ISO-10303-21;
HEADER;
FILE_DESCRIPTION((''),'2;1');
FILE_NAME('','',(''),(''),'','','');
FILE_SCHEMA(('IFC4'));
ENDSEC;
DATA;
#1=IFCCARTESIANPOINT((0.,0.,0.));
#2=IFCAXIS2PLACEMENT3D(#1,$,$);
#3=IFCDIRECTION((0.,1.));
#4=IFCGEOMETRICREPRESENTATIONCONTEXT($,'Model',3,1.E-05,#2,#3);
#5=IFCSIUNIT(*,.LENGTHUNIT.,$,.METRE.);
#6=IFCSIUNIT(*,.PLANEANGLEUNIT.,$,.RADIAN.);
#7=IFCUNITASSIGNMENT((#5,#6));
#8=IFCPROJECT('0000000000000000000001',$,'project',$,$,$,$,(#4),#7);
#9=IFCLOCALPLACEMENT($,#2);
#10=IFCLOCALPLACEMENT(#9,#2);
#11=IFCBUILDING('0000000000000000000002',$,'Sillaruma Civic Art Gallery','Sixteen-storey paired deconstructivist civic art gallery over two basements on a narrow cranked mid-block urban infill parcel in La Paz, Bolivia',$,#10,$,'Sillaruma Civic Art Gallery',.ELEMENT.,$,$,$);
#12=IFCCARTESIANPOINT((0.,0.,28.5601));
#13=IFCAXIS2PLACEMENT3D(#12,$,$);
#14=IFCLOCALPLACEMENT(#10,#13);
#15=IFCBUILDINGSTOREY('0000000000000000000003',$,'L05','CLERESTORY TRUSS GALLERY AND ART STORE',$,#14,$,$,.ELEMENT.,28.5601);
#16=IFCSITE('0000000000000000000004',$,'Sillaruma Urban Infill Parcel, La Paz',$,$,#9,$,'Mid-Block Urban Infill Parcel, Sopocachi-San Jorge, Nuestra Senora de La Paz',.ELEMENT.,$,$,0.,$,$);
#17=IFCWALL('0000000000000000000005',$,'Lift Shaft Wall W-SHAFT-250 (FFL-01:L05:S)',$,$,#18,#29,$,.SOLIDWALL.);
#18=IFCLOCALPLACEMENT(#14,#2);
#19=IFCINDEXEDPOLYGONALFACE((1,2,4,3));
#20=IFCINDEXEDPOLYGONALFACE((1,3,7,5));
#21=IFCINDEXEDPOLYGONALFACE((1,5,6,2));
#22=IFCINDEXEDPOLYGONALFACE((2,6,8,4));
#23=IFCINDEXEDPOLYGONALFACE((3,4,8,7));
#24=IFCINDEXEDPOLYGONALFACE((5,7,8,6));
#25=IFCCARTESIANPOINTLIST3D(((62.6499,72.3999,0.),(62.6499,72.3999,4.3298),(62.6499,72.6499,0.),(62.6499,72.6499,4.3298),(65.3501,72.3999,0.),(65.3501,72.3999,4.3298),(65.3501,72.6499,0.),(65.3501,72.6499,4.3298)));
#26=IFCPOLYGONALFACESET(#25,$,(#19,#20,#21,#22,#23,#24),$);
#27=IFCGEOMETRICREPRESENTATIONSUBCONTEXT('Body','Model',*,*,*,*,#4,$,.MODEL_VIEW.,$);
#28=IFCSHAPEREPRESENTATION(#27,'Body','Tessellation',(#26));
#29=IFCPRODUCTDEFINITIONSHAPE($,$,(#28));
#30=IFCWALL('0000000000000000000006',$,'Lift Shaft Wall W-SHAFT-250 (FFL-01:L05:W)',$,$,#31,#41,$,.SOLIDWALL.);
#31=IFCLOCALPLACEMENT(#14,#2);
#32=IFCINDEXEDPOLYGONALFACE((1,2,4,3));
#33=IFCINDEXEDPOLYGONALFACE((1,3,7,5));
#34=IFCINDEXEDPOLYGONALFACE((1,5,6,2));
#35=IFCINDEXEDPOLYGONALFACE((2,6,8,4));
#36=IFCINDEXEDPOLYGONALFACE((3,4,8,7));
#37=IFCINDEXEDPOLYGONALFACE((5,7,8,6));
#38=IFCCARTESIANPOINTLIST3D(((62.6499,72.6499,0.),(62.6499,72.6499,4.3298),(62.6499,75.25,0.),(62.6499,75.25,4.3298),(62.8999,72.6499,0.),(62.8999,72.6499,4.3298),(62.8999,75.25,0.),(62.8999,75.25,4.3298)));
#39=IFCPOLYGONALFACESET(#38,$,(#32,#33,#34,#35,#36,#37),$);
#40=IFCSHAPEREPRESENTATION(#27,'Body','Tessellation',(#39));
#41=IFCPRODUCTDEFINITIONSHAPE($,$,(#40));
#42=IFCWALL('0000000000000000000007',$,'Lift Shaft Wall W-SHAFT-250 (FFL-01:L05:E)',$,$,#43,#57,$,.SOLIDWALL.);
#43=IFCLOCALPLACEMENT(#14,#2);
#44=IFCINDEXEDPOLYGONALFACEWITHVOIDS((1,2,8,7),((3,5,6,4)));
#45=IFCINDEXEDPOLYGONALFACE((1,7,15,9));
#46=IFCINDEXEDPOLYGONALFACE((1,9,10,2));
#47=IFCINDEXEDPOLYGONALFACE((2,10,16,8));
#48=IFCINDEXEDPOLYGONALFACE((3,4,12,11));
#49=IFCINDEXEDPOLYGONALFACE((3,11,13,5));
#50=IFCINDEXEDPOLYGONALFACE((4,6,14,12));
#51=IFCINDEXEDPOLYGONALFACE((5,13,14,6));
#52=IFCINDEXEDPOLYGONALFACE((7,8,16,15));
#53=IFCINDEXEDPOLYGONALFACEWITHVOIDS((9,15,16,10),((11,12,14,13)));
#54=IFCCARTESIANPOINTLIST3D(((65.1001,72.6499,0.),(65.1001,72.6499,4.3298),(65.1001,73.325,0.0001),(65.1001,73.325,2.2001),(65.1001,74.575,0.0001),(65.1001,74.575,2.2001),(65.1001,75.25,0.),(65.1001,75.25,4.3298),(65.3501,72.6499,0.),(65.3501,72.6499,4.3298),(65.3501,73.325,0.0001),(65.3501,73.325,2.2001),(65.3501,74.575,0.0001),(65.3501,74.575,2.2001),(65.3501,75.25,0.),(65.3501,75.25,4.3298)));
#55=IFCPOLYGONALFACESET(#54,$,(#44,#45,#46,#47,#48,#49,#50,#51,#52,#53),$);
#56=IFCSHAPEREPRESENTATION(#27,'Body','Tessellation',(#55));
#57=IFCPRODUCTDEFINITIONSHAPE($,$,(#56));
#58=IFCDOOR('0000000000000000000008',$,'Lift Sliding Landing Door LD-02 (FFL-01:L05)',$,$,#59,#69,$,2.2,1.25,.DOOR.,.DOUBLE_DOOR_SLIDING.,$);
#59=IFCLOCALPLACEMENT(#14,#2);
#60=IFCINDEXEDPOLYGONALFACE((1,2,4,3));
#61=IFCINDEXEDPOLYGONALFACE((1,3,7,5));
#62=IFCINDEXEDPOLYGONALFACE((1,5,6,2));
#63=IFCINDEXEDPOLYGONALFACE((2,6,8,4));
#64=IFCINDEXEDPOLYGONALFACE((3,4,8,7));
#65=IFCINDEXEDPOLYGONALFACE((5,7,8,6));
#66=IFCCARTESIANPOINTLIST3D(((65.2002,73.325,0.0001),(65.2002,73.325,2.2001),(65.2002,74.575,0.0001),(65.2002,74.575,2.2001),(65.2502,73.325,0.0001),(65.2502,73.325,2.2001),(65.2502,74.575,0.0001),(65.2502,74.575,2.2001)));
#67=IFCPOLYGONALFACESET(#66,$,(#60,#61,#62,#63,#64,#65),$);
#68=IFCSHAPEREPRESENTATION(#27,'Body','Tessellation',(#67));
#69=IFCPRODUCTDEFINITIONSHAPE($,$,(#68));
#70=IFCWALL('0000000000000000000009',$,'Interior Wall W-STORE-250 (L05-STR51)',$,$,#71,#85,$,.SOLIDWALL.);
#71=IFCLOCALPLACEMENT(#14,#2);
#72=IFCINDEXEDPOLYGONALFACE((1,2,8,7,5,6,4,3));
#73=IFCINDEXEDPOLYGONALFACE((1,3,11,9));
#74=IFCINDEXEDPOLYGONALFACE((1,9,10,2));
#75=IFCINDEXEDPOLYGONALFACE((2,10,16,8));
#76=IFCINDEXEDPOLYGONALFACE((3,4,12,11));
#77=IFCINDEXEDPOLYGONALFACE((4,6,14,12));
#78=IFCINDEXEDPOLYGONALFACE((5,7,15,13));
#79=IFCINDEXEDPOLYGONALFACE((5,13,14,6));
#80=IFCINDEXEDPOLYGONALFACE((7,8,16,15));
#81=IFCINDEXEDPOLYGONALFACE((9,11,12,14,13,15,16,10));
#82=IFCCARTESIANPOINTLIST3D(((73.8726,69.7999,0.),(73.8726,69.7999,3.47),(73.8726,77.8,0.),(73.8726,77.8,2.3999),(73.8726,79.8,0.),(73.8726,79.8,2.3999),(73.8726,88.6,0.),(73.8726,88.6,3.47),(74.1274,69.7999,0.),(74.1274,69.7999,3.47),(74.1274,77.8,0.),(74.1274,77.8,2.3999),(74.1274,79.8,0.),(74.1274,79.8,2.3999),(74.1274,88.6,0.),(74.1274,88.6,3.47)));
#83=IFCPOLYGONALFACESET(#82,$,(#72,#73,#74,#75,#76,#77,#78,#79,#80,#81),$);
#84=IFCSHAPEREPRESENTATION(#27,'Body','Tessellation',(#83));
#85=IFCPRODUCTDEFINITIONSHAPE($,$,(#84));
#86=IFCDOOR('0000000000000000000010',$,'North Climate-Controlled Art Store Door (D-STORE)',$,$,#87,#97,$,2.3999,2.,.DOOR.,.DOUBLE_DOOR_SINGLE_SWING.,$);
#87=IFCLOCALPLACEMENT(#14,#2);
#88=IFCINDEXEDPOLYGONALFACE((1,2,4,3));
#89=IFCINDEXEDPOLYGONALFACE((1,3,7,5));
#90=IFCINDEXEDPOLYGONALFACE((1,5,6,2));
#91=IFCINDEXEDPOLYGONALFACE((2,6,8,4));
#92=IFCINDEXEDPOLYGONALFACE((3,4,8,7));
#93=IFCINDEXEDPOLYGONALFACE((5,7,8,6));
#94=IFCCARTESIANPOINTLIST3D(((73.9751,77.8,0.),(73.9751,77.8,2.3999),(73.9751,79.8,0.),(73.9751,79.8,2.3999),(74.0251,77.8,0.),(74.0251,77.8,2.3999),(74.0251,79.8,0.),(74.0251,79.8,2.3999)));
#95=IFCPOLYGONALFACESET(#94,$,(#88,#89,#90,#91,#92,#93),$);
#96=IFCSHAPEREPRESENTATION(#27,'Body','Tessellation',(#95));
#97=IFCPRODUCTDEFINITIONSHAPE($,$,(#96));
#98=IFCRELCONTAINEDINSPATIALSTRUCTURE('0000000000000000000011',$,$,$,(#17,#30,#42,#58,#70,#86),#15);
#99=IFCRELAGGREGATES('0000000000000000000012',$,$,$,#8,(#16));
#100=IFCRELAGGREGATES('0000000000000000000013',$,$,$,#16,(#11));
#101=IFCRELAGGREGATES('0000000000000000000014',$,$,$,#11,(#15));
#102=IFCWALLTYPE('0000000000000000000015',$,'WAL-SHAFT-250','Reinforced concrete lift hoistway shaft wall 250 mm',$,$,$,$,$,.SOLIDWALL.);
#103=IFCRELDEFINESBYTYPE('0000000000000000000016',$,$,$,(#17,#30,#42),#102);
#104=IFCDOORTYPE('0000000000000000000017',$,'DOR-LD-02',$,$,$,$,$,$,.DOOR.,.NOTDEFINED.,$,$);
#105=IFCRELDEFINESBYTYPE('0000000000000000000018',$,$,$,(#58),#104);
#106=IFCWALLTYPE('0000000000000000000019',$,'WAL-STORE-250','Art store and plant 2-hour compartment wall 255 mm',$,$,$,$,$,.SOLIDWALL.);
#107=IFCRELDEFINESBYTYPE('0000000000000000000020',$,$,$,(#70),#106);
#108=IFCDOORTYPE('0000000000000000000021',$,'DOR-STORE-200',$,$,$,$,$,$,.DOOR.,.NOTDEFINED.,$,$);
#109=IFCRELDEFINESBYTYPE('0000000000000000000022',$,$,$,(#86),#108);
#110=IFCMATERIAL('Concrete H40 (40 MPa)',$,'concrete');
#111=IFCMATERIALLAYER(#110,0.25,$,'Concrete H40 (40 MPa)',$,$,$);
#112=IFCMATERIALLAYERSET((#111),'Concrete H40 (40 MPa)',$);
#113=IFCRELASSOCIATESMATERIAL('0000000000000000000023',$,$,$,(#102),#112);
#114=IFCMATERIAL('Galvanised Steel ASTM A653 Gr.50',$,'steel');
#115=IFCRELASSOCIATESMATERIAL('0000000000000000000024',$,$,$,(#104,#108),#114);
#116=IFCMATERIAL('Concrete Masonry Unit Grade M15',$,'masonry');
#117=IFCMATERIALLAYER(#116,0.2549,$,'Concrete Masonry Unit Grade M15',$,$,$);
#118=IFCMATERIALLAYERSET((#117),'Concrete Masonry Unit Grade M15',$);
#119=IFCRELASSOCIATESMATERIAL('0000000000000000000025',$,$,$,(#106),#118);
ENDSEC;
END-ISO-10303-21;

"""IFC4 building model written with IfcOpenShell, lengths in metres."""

from ifc_helpers import new_model, si_unit, direction, frame, frame_2d, origin, place, context, subcontext, project, spatial, rectangle, extrude, material, layer, layer_set, type_object, element, fill, save


model = new_model("IFC4")

# Units and contexts
model_context = context("Model", 3, precision=1e-05, world=origin(), true_north=direction((0.0, 1.0)))
body_context = subcontext(model_context, "Body", "Model", "MODEL_VIEW")
ifc_project = project(units=[si_unit("LENGTHUNIT", "METRE"), si_unit("PLANEANGLEUNIT", "RADIAN")], contexts=[model_context])

# Site, building, storey
site_placement = place(None, origin())
site = spatial("IfcSite", under=ifc_project, at=site_placement, Name="Sillaruma Urban Infill Parcel, La Paz", LongName="Mid-Block Urban Infill Parcel, Sopocachi-San Jorge, Nuestra Senora de La Paz", CompositionType="ELEMENT", RefElevation=0.0)
building_placement = place(site_placement, origin())
building = spatial("IfcBuilding", under=site, at=building_placement, Name="Sillaruma Civic Art Gallery", Description="Sixteen-storey paired deconstructivist civic art gallery over two basements on a narrow cranked mid-block urban infill parcel in La Paz, Bolivia", LongName="Sillaruma Civic Art Gallery", CompositionType="ELEMENT")
storey_placement = place(building_placement, frame((0.0, 0.0, 28.5601)))
storey = spatial("IfcBuildingStorey", under=building, at=storey_placement, Name="L05", Description="CLERESTORY TRUSS GALLERY AND ART STORE", CompositionType="ELEMENT", Elevation=28.5601)

# Shared definitions
ifc_material_1 = material(Name="Concrete H40 (40 MPa)", Category="concrete")

# Shared definitions
ifc_material_2 = material(Name="Concrete Masonry Unit Grade M15", Category="masonry")

# Shared definitions
ifc_material_3 = material(Name="Galvanised Steel ASTM A653 Gr.50", Category="steel")

# Walls
ifc_layer_1 = layer(ifc_material_1, 0.25, Name="Concrete H40 (40 MPa)")
ifc_layer_set_1 = layer_set([ifc_layer_1], Name="Concrete H40 (40 MPa)")
wall_type_1 = type_object("IfcWallType", Name="WAL-SHAFT-250", Description="Reinforced concrete lift hoistway shaft wall 250 mm", PredefinedType="SOLIDWALL", material=ifc_layer_set_1)
wall_1_placement = place(storey_placement, frame((62.6499, 72.5249, 0.0), z_axis=(0.0, 0.0, 1.0), x_axis=(1.0, 0.0, 0.0)))
element("IfcWall", 1, at=wall_1_placement, inside=storey, type_object=wall_type_1, Name="Lift Shaft Wall W-SHAFT-250 (FFL-01:L05:S)", PredefinedType="SOLIDWALL", context=body_context, shape_type="SweptSolid", body=[
    extrude(rectangle(XDim=2.7002, YDim=0.25, at=frame_2d((1.3501, 0.0))), origin(), (0.0, 0.0, 1.0), 4.3298),
])
wall_2_placement = place(storey_placement, frame((62.7749, 72.6499, 0.0), z_axis=(0.0, 0.0, 1.0), x_axis=(0.0, 1.0, 0.0)))
element("IfcWall", 2, at=wall_2_placement, inside=storey, type_object=wall_type_1, Name="Lift Shaft Wall W-SHAFT-250 (FFL-01:L05:W)", PredefinedType="SOLIDWALL", context=body_context, shape_type="SweptSolid", body=[
    extrude(rectangle(XDim=2.6001, YDim=0.25, at=frame_2d((1.3, 0.0))), origin(), (0.0, 0.0, 1.0), 4.3298),
])

# Walls, openings, doors
wall_3_placement = place(storey_placement, frame((65.2251, 72.6499, 0.0), z_axis=(0.0, 0.0, 1.0), x_axis=(0.0, 1.0, 0.0)))
wall_3 = element("IfcWall", 3, at=wall_3_placement, inside=storey, type_object=wall_type_1, Name="Lift Shaft Wall W-SHAFT-250 (FFL-01:L05:E)", PredefinedType="SOLIDWALL", context=body_context, shape_type="SweptSolid", body=[
    extrude(rectangle(XDim=2.6001, YDim=0.25, at=frame_2d((1.3, 0.0))), origin(), (0.0, 0.0, 1.0), 4.3298),
])
opening_1_placement = place(wall_3_placement, frame((0.675, 0.0, 0.0)))
opening_1 = element("IfcOpeningElement", 4, at=opening_1_placement, cuts=wall_3, PredefinedType="OPENING", context=body_context, shape_type="SweptSolid", body=[
    extrude(rectangle(XDim=1.25, YDim=2.2, at=frame_2d((0.625, 1.1001))), frame((0.0, 0.135, 0.0), z_axis=(0.0, -1.0, 0.0), x_axis=(1.0, 0.0, 0.0)), (0.0, 0.0, 1.0), 0.27),
])
door_type_1 = type_object("IfcDoorType", Name="DOR-LD-02", OperationType="NOTDEFINED", PredefinedType="DOOR", material=ifc_material_3)
door_1_placement = place(opening_1_placement, origin())
door_1 = element("IfcDoor", 5, at=door_1_placement, inside=storey, type_object=door_type_1, Name="Lift Sliding Landing Door LD-02 (FFL-01:L05)", OperationType="DOUBLE_DOOR_SLIDING", OverallHeight=2.2, OverallWidth=1.25, PredefinedType="DOOR", context=body_context, shape_type="SweptSolid", body=[
    extrude(rectangle(XDim=1.25, YDim=2.2, at=frame_2d((0.625, 1.1001))), frame((0.0, 0.0249, 0.0), z_axis=(0.0, -1.0, 0.0), x_axis=(1.0, 0.0, 0.0)), (0.0, 0.0, 1.0), 0.05),
])
fill(opening_1, door_1)
ifc_layer_2 = layer(ifc_material_2, 0.2549, Name="Concrete Masonry Unit Grade M15")
ifc_layer_set_2 = layer_set([ifc_layer_2], Name="Concrete Masonry Unit Grade M15")
wall_type_2 = type_object("IfcWallType", Name="WAL-STORE-250", Description="Art store and plant 2-hour compartment wall 255 mm", PredefinedType="SOLIDWALL", material=ifc_layer_set_2)
wall_4_placement = place(storey_placement, frame((74.0, 69.8, 0.0), z_axis=(0.0, 0.0, 1.0), x_axis=(0.0, 1.0, 0.0)))
wall_4 = element("IfcWall", 6, at=wall_4_placement, inside=storey, type_object=wall_type_2, Name="Interior Wall W-STORE-250 (L05-STR51)", PredefinedType="SOLIDWALL", context=body_context, shape_type="SweptSolid", body=[
    extrude(rectangle(XDim=18.8, YDim=0.2549, at=frame_2d((9.3999, 0.0))), origin(), (0.0, 0.0, 1.0), 3.47),
])
opening_2_placement = place(wall_4_placement, frame((8.0, 0.0, 0.0)))
opening_2 = element("IfcOpeningElement", 7, at=opening_2_placement, cuts=wall_4, PredefinedType="OPENING", context=body_context, shape_type="SweptSolid", body=[
    extrude(rectangle(XDim=2.0, YDim=2.3999, at=frame_2d((1.0, 1.2))), frame((0.0, 0.1375, 0.0), z_axis=(0.0, -1.0, 0.0), x_axis=(1.0, 0.0, 0.0)), (0.0, 0.0, 1.0), 0.2749),
])
door_type_2 = type_object("IfcDoorType", Name="DOR-STORE-200", OperationType="NOTDEFINED", PredefinedType="DOOR", material=ifc_material_3)
door_2_placement = place(opening_2_placement, origin())
door_2 = element("IfcDoor", 8, at=door_2_placement, inside=storey, type_object=door_type_2, Name="North Climate-Controlled Art Store Door (D-STORE)", OperationType="DOUBLE_DOOR_SINGLE_SWING", OverallHeight=2.3999, OverallWidth=2.0, PredefinedType="DOOR", context=body_context, shape_type="SweptSolid", body=[
    extrude(rectangle(XDim=2.0, YDim=2.3999, at=frame_2d((1.0, 1.2))), frame((0.0, 0.0249, 0.0), z_axis=(0.0, -1.0, 0.0), x_axis=(1.0, 0.0, 0.0)), (0.0, 0.0, 1.0), 0.05),
])
fill(opening_2, door_2)

save(model, "model.ifc")
